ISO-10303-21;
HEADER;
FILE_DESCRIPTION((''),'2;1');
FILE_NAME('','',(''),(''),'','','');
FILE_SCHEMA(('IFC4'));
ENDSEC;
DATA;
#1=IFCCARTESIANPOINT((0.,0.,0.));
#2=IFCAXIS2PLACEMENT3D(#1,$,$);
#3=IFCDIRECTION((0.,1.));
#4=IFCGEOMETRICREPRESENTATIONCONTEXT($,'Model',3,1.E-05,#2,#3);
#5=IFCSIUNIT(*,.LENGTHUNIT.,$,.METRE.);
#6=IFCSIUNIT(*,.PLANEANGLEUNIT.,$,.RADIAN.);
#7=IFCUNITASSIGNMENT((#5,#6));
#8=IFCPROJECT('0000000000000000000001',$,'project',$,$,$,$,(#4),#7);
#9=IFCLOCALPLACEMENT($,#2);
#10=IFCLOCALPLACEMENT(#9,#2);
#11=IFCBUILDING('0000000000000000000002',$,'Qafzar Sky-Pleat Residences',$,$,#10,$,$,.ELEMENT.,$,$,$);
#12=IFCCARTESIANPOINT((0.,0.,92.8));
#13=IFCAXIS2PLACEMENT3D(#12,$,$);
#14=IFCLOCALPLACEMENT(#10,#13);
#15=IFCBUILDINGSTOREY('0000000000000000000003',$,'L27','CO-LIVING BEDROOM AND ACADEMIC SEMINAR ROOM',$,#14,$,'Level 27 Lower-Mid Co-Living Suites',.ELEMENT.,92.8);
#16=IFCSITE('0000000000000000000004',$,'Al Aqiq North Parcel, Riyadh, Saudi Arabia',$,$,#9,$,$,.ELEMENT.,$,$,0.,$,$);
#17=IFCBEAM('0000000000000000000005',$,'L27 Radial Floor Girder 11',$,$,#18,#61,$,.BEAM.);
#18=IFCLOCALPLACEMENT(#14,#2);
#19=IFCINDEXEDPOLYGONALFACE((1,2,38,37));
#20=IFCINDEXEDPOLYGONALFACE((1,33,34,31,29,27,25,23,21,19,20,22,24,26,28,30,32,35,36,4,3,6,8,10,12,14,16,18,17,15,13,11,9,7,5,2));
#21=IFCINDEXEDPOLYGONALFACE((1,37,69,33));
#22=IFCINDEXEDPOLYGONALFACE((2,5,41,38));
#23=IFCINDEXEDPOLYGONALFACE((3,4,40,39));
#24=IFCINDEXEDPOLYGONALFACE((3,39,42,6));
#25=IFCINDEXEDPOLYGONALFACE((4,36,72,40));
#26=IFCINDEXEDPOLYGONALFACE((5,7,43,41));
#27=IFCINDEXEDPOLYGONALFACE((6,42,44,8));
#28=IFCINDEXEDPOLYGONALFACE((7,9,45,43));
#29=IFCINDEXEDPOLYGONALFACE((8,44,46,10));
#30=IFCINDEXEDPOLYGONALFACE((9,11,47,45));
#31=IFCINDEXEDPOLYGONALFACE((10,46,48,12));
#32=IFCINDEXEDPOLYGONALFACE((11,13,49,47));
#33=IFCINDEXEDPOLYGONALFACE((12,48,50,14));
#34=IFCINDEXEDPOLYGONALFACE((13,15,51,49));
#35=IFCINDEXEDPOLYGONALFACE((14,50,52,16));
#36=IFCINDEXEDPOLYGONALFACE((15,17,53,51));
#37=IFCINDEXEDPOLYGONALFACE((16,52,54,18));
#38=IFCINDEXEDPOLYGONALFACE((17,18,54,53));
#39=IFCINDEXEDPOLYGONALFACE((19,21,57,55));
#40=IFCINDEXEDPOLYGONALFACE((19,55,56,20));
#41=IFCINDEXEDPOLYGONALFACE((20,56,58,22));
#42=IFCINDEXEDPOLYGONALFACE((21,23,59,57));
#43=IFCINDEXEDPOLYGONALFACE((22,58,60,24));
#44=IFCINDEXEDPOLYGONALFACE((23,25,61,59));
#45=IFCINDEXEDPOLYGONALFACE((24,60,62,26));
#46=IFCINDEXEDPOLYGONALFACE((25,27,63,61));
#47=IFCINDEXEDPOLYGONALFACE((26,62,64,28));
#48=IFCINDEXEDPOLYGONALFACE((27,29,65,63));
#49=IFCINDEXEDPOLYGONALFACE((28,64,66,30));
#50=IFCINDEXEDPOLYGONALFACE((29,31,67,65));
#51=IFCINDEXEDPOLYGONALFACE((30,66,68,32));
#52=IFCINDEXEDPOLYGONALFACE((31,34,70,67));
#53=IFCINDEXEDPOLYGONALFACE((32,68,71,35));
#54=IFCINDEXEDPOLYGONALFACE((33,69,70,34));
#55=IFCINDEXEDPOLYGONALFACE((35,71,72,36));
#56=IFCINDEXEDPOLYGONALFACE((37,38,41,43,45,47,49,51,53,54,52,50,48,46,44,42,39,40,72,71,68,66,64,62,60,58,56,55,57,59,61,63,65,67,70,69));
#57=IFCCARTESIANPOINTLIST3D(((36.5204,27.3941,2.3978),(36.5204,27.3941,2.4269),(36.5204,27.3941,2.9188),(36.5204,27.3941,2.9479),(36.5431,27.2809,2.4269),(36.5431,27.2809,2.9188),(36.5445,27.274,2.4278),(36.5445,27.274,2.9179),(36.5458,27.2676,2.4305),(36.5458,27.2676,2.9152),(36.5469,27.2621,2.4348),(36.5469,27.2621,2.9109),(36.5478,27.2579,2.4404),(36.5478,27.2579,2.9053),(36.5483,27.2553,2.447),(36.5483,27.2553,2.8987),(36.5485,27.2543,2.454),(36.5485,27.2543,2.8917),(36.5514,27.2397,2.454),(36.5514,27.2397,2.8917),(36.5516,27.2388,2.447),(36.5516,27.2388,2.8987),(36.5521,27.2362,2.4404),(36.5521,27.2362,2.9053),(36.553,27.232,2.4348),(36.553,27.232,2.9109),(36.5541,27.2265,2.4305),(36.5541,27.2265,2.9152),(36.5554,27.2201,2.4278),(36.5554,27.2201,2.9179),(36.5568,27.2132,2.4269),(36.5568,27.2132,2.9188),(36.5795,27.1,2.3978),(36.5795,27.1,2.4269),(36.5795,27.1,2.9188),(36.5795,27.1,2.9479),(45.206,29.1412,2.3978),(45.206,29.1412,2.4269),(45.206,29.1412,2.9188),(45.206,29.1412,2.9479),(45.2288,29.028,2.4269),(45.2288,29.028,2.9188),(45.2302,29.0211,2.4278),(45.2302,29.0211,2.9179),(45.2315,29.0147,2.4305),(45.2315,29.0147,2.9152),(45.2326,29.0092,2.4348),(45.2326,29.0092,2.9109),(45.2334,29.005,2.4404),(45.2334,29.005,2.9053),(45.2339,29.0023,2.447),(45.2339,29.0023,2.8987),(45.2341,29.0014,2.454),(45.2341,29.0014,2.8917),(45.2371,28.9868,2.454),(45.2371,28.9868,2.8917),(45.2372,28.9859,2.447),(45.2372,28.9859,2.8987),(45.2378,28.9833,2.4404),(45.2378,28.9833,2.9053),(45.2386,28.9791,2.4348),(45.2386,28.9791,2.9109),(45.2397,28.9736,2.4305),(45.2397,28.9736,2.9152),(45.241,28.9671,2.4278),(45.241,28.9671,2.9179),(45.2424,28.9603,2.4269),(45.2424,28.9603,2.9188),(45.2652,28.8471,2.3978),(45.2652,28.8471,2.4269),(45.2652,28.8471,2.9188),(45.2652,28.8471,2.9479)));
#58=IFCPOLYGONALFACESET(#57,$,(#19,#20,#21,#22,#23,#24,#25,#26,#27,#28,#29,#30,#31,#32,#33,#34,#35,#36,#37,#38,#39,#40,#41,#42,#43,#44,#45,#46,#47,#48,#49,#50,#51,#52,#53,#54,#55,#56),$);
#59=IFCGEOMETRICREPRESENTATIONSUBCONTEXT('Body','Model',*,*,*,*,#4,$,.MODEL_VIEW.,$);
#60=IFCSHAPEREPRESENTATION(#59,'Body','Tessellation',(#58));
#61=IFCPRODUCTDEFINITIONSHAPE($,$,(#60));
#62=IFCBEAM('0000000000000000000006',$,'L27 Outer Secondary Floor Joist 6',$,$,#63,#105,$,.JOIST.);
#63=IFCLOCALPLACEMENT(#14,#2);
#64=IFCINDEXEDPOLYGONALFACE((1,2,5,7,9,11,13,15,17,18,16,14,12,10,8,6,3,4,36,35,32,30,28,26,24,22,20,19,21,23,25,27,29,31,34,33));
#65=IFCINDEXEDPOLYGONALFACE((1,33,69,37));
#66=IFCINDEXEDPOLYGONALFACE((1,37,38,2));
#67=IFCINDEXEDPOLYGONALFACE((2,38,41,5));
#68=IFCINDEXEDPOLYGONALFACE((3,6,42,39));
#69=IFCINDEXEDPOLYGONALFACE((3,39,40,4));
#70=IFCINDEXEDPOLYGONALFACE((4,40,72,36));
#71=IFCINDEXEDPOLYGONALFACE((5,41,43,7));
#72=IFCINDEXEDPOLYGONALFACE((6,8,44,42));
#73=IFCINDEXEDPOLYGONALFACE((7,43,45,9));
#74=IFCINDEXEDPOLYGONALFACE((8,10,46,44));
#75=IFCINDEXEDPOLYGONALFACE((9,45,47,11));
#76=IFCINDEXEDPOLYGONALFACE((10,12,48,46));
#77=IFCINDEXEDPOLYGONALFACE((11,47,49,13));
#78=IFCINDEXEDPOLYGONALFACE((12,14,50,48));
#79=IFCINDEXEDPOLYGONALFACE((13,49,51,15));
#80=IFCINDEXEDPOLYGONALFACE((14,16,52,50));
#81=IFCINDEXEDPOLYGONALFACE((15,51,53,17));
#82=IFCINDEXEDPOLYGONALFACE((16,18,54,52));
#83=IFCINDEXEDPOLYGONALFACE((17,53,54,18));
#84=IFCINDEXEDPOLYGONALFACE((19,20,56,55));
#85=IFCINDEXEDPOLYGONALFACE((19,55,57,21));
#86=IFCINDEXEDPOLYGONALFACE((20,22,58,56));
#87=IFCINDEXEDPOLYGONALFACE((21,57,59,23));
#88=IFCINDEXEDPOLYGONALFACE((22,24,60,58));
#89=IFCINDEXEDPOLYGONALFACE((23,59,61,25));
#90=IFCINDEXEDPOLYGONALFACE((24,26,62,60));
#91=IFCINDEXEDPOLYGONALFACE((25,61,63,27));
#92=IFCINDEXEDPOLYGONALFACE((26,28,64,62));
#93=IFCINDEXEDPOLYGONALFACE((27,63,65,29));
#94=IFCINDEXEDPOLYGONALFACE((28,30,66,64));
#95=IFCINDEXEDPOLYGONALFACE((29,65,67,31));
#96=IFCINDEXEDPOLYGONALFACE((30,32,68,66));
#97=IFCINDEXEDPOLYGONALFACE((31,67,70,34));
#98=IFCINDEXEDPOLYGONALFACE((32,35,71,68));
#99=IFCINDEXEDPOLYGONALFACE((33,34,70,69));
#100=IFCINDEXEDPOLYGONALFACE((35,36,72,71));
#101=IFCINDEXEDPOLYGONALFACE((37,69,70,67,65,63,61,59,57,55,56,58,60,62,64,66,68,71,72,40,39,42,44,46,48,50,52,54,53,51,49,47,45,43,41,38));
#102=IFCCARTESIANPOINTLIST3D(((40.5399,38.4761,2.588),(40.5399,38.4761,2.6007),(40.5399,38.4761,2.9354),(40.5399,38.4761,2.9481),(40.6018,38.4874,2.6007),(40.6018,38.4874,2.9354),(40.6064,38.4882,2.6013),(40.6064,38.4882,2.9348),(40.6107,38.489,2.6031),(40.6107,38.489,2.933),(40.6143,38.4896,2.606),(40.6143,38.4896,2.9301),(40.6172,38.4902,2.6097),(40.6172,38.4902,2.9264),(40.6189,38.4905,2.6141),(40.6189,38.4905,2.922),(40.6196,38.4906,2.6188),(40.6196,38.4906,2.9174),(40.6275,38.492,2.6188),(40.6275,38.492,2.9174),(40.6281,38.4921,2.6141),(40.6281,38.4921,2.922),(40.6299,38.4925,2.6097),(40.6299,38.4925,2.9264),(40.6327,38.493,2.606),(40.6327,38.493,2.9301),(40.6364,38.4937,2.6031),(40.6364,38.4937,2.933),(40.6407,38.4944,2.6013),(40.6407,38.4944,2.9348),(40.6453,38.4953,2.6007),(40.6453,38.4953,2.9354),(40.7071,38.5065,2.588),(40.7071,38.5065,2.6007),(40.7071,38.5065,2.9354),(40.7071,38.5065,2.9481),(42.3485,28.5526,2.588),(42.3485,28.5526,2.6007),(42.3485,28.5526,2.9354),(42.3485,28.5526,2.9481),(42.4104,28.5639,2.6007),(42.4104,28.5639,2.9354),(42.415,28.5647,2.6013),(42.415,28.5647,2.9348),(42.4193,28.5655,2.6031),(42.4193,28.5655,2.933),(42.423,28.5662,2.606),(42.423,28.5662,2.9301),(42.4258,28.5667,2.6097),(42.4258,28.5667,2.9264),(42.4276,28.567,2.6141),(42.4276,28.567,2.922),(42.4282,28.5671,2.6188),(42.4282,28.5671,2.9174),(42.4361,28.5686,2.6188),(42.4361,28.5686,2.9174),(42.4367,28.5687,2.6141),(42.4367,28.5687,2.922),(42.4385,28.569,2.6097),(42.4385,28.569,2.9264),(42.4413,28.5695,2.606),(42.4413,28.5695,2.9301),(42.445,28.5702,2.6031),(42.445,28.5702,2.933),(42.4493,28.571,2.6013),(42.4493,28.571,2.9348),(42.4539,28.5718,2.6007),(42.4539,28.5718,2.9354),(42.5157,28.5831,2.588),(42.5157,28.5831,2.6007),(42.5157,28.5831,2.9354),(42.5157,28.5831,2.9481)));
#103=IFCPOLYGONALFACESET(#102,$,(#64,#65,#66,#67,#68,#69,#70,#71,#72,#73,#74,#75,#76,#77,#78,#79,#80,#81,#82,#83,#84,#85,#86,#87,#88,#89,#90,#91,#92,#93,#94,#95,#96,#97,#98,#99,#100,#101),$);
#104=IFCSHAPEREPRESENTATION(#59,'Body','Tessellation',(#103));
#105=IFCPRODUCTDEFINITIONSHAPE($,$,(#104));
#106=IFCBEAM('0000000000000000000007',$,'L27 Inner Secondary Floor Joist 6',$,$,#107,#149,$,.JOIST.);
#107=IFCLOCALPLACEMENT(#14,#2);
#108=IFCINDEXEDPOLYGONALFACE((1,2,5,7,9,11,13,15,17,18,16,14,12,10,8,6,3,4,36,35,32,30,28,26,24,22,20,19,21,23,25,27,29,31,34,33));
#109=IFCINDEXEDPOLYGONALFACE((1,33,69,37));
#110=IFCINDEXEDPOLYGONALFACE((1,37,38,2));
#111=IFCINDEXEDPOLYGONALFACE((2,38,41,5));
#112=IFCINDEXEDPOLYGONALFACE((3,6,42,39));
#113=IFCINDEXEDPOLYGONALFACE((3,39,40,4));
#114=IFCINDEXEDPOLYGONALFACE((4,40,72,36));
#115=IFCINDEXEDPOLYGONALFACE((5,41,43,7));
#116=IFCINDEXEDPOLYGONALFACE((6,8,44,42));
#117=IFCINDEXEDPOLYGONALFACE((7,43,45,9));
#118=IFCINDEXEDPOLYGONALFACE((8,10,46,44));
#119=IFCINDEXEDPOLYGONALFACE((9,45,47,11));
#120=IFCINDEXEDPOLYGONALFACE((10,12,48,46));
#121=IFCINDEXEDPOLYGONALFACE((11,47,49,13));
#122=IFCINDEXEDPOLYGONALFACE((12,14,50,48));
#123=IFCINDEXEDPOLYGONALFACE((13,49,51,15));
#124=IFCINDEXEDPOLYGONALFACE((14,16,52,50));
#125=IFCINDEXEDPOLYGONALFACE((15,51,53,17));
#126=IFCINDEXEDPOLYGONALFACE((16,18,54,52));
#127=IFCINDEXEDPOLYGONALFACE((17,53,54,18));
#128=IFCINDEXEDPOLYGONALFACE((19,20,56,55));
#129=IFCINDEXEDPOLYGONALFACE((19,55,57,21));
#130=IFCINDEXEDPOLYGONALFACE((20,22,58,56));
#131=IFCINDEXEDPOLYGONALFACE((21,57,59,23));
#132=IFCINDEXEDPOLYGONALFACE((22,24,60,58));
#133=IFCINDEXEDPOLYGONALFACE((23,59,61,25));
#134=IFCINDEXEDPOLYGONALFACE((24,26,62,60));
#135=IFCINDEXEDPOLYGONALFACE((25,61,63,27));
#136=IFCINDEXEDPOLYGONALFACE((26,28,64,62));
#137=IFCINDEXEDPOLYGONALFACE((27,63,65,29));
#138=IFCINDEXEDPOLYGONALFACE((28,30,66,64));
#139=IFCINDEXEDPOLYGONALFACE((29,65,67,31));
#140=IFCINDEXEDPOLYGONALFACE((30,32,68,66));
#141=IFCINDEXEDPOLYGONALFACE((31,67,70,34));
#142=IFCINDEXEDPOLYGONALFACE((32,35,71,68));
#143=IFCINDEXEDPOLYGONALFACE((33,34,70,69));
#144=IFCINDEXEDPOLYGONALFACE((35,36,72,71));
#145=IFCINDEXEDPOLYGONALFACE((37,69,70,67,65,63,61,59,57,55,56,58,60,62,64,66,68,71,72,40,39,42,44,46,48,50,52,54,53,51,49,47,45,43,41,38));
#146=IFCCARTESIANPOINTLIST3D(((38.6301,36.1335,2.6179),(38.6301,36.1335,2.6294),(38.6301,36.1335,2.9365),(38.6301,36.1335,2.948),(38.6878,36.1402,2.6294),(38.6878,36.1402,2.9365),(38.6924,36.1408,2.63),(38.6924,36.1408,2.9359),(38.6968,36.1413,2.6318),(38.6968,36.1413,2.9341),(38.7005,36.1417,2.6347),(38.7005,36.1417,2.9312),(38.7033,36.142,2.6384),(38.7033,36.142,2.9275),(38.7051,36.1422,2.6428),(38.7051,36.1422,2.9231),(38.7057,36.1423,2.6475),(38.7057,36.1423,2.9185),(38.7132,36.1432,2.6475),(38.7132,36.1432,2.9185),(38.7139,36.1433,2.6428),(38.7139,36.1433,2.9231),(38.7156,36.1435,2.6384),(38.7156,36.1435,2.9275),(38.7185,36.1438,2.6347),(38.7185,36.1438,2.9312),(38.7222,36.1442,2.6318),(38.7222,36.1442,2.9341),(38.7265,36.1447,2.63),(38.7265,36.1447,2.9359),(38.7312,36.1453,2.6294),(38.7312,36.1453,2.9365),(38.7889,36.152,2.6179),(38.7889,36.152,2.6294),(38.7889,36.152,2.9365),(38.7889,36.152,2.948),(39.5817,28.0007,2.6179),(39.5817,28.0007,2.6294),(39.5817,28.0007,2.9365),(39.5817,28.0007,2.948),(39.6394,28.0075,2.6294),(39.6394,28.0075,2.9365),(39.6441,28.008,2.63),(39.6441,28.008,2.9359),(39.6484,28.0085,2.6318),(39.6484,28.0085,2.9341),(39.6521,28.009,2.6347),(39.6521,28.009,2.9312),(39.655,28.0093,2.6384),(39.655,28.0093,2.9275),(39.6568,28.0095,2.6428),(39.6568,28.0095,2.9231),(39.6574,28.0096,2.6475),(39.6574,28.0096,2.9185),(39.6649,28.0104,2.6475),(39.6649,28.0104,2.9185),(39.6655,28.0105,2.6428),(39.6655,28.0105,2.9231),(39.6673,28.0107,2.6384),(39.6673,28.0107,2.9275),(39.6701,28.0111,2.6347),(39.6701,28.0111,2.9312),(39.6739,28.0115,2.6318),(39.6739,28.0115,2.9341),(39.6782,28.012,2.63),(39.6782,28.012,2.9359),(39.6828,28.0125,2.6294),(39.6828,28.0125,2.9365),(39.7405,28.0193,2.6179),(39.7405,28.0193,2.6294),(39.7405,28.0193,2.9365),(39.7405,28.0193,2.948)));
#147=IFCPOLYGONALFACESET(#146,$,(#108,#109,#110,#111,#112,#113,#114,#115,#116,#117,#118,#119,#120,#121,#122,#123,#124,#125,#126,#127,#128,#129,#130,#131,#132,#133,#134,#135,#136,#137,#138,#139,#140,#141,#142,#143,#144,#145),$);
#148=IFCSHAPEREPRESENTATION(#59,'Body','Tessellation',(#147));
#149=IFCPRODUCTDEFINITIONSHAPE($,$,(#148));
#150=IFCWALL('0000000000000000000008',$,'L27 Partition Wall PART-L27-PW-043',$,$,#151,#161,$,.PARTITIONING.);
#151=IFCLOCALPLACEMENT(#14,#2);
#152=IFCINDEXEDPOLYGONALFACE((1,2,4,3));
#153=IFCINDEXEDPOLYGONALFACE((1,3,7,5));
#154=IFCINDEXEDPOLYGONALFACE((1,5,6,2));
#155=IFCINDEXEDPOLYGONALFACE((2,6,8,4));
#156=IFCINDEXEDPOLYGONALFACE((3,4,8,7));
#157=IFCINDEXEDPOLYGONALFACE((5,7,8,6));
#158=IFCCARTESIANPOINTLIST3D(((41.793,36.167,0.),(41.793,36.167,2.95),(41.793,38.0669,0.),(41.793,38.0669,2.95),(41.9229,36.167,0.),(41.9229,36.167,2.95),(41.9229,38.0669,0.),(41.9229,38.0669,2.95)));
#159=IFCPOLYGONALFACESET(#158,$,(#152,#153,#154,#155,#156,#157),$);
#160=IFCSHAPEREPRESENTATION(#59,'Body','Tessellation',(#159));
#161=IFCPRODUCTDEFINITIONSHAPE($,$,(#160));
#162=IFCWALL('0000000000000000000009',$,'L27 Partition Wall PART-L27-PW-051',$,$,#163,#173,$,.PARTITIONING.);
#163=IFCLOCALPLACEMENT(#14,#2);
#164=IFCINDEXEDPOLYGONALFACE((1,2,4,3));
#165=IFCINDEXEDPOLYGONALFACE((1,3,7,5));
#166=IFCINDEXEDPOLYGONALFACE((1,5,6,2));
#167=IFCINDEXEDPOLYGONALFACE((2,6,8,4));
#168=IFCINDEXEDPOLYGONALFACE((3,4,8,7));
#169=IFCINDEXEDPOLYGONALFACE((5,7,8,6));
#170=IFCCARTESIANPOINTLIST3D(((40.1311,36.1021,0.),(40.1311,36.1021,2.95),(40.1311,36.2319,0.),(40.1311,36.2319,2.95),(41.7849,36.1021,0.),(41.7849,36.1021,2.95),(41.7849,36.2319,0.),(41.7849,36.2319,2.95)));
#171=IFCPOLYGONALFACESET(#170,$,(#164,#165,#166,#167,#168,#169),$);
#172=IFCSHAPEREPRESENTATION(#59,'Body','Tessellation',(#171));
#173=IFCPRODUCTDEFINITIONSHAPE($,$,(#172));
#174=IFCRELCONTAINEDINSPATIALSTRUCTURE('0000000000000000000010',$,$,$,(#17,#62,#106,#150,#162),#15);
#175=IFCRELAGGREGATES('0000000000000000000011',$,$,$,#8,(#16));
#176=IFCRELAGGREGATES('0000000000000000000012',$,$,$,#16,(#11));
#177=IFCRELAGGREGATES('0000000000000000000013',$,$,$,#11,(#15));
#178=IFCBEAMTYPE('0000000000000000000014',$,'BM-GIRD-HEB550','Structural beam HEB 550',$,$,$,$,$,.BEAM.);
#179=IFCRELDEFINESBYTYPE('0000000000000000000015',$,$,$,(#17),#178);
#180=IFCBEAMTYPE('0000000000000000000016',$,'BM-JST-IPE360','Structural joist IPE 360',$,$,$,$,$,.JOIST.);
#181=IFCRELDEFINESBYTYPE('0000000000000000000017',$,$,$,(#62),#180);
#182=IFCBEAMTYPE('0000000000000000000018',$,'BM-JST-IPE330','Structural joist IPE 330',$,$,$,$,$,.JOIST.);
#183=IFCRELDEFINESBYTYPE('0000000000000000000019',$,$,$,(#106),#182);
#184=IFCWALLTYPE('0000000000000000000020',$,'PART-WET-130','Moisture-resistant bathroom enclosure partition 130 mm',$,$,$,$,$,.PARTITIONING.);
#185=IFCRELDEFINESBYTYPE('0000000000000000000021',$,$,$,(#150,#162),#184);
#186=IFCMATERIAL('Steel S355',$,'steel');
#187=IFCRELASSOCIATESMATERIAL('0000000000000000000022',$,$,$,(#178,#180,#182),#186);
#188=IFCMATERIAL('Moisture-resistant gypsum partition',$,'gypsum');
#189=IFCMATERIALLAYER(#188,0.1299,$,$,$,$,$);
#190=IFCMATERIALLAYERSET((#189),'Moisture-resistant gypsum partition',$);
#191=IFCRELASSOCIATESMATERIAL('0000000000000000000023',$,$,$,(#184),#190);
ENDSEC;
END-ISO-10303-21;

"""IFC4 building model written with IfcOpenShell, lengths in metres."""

from ifc_helpers import new_model, si_unit, direction, frame, frame_2d, origin, origin_2d, place, context, subcontext, project, spatial, rectangle, i_section, extrude, source, transform, mapped, material, layer, layer_set, material_profile, profile_set, type_object, element, save


model = new_model("IFC4")

# Units and contexts
model_context = context("Model", 3, precision=1e-05, world=origin(), true_north=direction((0.0, 1.0)))
body_context = subcontext(model_context, "Body", "Model", "MODEL_VIEW")
ifc_project = project(units=[si_unit("LENGTHUNIT", "METRE"), si_unit("PLANEANGLEUNIT", "RADIAN")], contexts=[model_context])

# Site, building, storey
site_placement = place(None, origin())
site = spatial("IfcSite", under=ifc_project, at=site_placement, Name="Al Aqiq North Parcel, Riyadh, Saudi Arabia", CompositionType="ELEMENT", RefElevation=0.0)
building_placement = place(site_placement, origin())
building = spatial("IfcBuilding", under=site, at=building_placement, Name="Qafzar Sky-Pleat Residences", CompositionType="ELEMENT")
storey_placement = place(building_placement, frame((0.0, 0.0, 92.8)))
storey = spatial("IfcBuildingStorey", under=building, at=storey_placement, Name="L27", Description="CO-LIVING BEDROOM AND ACADEMIC SEMINAR ROOM", LongName="Level 27 Lower-Mid Co-Living Suites", CompositionType="ELEMENT", Elevation=92.8)

# Beams
ifc_material_1 = material(Name="Steel S355", Category="steel")
ifc_material_profile_1 = material_profile(ifc_material_1, i_section(OverallWidth=0.3, OverallDepth=0.55, WebThickness=0.0149, FlangeThickness=0.0291, FilletRadius=0.0271, at=origin_2d()), Name="HEB 550")
ifc_profile_set_1 = profile_set([ifc_material_profile_1], Name="Steel S355")
beam_type_1 = type_object("IfcBeamType", Name="BM-GIRD-HEB550", Description="Structural beam HEB 550", PredefinedType="BEAM", material=ifc_profile_set_1)
shared_shape_1 = source(origin(), body_context, "Body", "SweptSolid", [
    extrude(i_section(OverallWidth=0.3, OverallDepth=0.55, WebThickness=0.0149, FlangeThickness=0.0291, FilletRadius=0.0271, at=origin_2d()), origin(), (0.0, 0.0, 1.0), 8.8596),
])
beam_1_placement = place(storey_placement, frame((45.2356, 28.9941, 2.6729), z_axis=(-0.980364, -0.197197, 0.0), x_axis=(0.197197, -0.980364, 0.0)))
element("IfcBeam", 1, at=beam_1_placement, inside=storey, type_object=beam_type_1, Name="L27 Radial Floor Girder 11", PredefinedType="BEAM", context=body_context, shape_type="MappedRepresentation", body=[
    mapped(shared_shape_1, transform((0.0, 0.0, 0.0), x_axis=(1.0, 0.0, 0.0), y_axis=(0.0, 1.0, 0.0), z_axis=(0.0, 0.0, 1.0), scale=1.0)),
])
ifc_material_profile_2 = material_profile(ifc_material_1, i_section(OverallWidth=0.1699, OverallDepth=0.3601, WebThickness=0.0081, FlangeThickness=0.0127, FilletRadius=0.0181, at=origin_2d()), Name="IPE 360")
ifc_profile_set_2 = profile_set([ifc_material_profile_2], Name="Steel S355")
beam_type_2 = type_object("IfcBeamType", Name="BM-JST-IPE360", Description="Structural joist IPE 360", PredefinedType="JOIST", material=ifc_profile_set_2)
shared_shape_2 = source(origin(), body_context, "Body", "SweptSolid", [
    extrude(i_section(OverallWidth=0.1699, OverallDepth=0.3601, WebThickness=0.0081, FlangeThickness=0.0127, FilletRadius=0.0181, at=origin_2d()), origin(), (0.0, 0.0, 1.0), 10.0869),
])
beam_2_placement = place(storey_placement, frame((42.4321, 28.5679, 2.7681), z_axis=(-0.179303, 0.983794, 0.0), x_axis=(-0.983794, -0.179303, 0.0)))
element("IfcBeam", 2, at=beam_2_placement, inside=storey, type_object=beam_type_2, Name="L27 Outer Secondary Floor Joist 6", PredefinedType="JOIST", context=body_context, shape_type="MappedRepresentation", body=[
    mapped(shared_shape_2, transform((0.0, 0.0, 0.0), x_axis=(1.0, 0.0, 0.0), y_axis=(0.0, 1.0, 0.0), z_axis=(0.0, 0.0, 1.0), scale=1.0)),
])
ifc_material_profile_3 = material_profile(ifc_material_1, i_section(OverallWidth=0.1599, OverallDepth=0.3301, WebThickness=0.0076, FlangeThickness=0.0115, FilletRadius=0.0181, at=origin_2d()), Name="IPE 330")
ifc_profile_set_3 = profile_set([ifc_material_profile_3], Name="Steel S355")
beam_type_3 = type_object("IfcBeamType", Name="BM-JST-IPE330", Description="Structural joist IPE 330", PredefinedType="JOIST", material=ifc_profile_set_3)
shared_shape_3 = source(origin(), body_context, "Body", "SweptSolid", [
    extrude(i_section(OverallWidth=0.1599, OverallDepth=0.3301, WebThickness=0.0076, FlangeThickness=0.0115, FilletRadius=0.0181, at=origin_2d()), origin(), (0.0, 0.0, 1.0), 8.1882),
])
beam_3_placement = place(storey_placement, frame((39.6611, 28.01, 2.783), z_axis=(-0.116222, 0.993223, 0.0), x_axis=(-0.993223, -0.116222, 0.0)))
element("IfcBeam", 3, at=beam_3_placement, inside=storey, type_object=beam_type_3, Name="L27 Inner Secondary Floor Joist 6", PredefinedType="JOIST", context=body_context, shape_type="MappedRepresentation", body=[
    mapped(shared_shape_3, transform((0.0, 0.0, 0.0), x_axis=(1.0, 0.0, 0.0), y_axis=(0.0, 1.0, 0.0), z_axis=(0.0, 0.0, 1.0), scale=1.0)),
])

# Walls
ifc_material_2 = material(Name="Moisture-resistant gypsum partition", Category="gypsum")
ifc_layer_1 = layer(ifc_material_2, 0.1299)
ifc_layer_set_1 = layer_set([ifc_layer_1], Name="Moisture-resistant gypsum partition")
wall_type_1 = type_object("IfcWallType", Name="PART-WET-130", Description="Moisture-resistant bathroom enclosure partition 130 mm", PredefinedType="PARTITIONING", material=ifc_layer_set_1)
wall_1_placement = place(storey_placement, frame((41.8579, 36.167, 0.0), z_axis=(0.0, 0.0, 1.0), x_axis=(0.0, 1.0, 0.0)))
element("IfcWall", 4, at=wall_1_placement, inside=storey, type_object=wall_type_1, Name="L27 Partition Wall PART-L27-PW-043", PredefinedType="PARTITIONING", context=body_context, shape_type="SweptSolid", body=[
    extrude(rectangle(XDim=1.8999, YDim=0.1299, at=frame_2d((0.95, 0.0))), origin(), (0.0, 0.0, 1.0), 2.95),
])
wall_2_placement = place(storey_placement, frame((40.1311, 36.167, 0.0), z_axis=(0.0, 0.0, 1.0), x_axis=(1.0, 0.0, 0.0)))
element("IfcWall", 5, at=wall_2_placement, inside=storey, type_object=wall_type_1, Name="L27 Partition Wall PART-L27-PW-051", PredefinedType="PARTITIONING", context=body_context, shape_type="SweptSolid", body=[
    extrude(rectangle(XDim=1.6538, YDim=0.1299, at=frame_2d((0.8269, 0.0))), origin(), (0.0, 0.0, 1.0), 2.95),
])

save(model, "model.ifc")
